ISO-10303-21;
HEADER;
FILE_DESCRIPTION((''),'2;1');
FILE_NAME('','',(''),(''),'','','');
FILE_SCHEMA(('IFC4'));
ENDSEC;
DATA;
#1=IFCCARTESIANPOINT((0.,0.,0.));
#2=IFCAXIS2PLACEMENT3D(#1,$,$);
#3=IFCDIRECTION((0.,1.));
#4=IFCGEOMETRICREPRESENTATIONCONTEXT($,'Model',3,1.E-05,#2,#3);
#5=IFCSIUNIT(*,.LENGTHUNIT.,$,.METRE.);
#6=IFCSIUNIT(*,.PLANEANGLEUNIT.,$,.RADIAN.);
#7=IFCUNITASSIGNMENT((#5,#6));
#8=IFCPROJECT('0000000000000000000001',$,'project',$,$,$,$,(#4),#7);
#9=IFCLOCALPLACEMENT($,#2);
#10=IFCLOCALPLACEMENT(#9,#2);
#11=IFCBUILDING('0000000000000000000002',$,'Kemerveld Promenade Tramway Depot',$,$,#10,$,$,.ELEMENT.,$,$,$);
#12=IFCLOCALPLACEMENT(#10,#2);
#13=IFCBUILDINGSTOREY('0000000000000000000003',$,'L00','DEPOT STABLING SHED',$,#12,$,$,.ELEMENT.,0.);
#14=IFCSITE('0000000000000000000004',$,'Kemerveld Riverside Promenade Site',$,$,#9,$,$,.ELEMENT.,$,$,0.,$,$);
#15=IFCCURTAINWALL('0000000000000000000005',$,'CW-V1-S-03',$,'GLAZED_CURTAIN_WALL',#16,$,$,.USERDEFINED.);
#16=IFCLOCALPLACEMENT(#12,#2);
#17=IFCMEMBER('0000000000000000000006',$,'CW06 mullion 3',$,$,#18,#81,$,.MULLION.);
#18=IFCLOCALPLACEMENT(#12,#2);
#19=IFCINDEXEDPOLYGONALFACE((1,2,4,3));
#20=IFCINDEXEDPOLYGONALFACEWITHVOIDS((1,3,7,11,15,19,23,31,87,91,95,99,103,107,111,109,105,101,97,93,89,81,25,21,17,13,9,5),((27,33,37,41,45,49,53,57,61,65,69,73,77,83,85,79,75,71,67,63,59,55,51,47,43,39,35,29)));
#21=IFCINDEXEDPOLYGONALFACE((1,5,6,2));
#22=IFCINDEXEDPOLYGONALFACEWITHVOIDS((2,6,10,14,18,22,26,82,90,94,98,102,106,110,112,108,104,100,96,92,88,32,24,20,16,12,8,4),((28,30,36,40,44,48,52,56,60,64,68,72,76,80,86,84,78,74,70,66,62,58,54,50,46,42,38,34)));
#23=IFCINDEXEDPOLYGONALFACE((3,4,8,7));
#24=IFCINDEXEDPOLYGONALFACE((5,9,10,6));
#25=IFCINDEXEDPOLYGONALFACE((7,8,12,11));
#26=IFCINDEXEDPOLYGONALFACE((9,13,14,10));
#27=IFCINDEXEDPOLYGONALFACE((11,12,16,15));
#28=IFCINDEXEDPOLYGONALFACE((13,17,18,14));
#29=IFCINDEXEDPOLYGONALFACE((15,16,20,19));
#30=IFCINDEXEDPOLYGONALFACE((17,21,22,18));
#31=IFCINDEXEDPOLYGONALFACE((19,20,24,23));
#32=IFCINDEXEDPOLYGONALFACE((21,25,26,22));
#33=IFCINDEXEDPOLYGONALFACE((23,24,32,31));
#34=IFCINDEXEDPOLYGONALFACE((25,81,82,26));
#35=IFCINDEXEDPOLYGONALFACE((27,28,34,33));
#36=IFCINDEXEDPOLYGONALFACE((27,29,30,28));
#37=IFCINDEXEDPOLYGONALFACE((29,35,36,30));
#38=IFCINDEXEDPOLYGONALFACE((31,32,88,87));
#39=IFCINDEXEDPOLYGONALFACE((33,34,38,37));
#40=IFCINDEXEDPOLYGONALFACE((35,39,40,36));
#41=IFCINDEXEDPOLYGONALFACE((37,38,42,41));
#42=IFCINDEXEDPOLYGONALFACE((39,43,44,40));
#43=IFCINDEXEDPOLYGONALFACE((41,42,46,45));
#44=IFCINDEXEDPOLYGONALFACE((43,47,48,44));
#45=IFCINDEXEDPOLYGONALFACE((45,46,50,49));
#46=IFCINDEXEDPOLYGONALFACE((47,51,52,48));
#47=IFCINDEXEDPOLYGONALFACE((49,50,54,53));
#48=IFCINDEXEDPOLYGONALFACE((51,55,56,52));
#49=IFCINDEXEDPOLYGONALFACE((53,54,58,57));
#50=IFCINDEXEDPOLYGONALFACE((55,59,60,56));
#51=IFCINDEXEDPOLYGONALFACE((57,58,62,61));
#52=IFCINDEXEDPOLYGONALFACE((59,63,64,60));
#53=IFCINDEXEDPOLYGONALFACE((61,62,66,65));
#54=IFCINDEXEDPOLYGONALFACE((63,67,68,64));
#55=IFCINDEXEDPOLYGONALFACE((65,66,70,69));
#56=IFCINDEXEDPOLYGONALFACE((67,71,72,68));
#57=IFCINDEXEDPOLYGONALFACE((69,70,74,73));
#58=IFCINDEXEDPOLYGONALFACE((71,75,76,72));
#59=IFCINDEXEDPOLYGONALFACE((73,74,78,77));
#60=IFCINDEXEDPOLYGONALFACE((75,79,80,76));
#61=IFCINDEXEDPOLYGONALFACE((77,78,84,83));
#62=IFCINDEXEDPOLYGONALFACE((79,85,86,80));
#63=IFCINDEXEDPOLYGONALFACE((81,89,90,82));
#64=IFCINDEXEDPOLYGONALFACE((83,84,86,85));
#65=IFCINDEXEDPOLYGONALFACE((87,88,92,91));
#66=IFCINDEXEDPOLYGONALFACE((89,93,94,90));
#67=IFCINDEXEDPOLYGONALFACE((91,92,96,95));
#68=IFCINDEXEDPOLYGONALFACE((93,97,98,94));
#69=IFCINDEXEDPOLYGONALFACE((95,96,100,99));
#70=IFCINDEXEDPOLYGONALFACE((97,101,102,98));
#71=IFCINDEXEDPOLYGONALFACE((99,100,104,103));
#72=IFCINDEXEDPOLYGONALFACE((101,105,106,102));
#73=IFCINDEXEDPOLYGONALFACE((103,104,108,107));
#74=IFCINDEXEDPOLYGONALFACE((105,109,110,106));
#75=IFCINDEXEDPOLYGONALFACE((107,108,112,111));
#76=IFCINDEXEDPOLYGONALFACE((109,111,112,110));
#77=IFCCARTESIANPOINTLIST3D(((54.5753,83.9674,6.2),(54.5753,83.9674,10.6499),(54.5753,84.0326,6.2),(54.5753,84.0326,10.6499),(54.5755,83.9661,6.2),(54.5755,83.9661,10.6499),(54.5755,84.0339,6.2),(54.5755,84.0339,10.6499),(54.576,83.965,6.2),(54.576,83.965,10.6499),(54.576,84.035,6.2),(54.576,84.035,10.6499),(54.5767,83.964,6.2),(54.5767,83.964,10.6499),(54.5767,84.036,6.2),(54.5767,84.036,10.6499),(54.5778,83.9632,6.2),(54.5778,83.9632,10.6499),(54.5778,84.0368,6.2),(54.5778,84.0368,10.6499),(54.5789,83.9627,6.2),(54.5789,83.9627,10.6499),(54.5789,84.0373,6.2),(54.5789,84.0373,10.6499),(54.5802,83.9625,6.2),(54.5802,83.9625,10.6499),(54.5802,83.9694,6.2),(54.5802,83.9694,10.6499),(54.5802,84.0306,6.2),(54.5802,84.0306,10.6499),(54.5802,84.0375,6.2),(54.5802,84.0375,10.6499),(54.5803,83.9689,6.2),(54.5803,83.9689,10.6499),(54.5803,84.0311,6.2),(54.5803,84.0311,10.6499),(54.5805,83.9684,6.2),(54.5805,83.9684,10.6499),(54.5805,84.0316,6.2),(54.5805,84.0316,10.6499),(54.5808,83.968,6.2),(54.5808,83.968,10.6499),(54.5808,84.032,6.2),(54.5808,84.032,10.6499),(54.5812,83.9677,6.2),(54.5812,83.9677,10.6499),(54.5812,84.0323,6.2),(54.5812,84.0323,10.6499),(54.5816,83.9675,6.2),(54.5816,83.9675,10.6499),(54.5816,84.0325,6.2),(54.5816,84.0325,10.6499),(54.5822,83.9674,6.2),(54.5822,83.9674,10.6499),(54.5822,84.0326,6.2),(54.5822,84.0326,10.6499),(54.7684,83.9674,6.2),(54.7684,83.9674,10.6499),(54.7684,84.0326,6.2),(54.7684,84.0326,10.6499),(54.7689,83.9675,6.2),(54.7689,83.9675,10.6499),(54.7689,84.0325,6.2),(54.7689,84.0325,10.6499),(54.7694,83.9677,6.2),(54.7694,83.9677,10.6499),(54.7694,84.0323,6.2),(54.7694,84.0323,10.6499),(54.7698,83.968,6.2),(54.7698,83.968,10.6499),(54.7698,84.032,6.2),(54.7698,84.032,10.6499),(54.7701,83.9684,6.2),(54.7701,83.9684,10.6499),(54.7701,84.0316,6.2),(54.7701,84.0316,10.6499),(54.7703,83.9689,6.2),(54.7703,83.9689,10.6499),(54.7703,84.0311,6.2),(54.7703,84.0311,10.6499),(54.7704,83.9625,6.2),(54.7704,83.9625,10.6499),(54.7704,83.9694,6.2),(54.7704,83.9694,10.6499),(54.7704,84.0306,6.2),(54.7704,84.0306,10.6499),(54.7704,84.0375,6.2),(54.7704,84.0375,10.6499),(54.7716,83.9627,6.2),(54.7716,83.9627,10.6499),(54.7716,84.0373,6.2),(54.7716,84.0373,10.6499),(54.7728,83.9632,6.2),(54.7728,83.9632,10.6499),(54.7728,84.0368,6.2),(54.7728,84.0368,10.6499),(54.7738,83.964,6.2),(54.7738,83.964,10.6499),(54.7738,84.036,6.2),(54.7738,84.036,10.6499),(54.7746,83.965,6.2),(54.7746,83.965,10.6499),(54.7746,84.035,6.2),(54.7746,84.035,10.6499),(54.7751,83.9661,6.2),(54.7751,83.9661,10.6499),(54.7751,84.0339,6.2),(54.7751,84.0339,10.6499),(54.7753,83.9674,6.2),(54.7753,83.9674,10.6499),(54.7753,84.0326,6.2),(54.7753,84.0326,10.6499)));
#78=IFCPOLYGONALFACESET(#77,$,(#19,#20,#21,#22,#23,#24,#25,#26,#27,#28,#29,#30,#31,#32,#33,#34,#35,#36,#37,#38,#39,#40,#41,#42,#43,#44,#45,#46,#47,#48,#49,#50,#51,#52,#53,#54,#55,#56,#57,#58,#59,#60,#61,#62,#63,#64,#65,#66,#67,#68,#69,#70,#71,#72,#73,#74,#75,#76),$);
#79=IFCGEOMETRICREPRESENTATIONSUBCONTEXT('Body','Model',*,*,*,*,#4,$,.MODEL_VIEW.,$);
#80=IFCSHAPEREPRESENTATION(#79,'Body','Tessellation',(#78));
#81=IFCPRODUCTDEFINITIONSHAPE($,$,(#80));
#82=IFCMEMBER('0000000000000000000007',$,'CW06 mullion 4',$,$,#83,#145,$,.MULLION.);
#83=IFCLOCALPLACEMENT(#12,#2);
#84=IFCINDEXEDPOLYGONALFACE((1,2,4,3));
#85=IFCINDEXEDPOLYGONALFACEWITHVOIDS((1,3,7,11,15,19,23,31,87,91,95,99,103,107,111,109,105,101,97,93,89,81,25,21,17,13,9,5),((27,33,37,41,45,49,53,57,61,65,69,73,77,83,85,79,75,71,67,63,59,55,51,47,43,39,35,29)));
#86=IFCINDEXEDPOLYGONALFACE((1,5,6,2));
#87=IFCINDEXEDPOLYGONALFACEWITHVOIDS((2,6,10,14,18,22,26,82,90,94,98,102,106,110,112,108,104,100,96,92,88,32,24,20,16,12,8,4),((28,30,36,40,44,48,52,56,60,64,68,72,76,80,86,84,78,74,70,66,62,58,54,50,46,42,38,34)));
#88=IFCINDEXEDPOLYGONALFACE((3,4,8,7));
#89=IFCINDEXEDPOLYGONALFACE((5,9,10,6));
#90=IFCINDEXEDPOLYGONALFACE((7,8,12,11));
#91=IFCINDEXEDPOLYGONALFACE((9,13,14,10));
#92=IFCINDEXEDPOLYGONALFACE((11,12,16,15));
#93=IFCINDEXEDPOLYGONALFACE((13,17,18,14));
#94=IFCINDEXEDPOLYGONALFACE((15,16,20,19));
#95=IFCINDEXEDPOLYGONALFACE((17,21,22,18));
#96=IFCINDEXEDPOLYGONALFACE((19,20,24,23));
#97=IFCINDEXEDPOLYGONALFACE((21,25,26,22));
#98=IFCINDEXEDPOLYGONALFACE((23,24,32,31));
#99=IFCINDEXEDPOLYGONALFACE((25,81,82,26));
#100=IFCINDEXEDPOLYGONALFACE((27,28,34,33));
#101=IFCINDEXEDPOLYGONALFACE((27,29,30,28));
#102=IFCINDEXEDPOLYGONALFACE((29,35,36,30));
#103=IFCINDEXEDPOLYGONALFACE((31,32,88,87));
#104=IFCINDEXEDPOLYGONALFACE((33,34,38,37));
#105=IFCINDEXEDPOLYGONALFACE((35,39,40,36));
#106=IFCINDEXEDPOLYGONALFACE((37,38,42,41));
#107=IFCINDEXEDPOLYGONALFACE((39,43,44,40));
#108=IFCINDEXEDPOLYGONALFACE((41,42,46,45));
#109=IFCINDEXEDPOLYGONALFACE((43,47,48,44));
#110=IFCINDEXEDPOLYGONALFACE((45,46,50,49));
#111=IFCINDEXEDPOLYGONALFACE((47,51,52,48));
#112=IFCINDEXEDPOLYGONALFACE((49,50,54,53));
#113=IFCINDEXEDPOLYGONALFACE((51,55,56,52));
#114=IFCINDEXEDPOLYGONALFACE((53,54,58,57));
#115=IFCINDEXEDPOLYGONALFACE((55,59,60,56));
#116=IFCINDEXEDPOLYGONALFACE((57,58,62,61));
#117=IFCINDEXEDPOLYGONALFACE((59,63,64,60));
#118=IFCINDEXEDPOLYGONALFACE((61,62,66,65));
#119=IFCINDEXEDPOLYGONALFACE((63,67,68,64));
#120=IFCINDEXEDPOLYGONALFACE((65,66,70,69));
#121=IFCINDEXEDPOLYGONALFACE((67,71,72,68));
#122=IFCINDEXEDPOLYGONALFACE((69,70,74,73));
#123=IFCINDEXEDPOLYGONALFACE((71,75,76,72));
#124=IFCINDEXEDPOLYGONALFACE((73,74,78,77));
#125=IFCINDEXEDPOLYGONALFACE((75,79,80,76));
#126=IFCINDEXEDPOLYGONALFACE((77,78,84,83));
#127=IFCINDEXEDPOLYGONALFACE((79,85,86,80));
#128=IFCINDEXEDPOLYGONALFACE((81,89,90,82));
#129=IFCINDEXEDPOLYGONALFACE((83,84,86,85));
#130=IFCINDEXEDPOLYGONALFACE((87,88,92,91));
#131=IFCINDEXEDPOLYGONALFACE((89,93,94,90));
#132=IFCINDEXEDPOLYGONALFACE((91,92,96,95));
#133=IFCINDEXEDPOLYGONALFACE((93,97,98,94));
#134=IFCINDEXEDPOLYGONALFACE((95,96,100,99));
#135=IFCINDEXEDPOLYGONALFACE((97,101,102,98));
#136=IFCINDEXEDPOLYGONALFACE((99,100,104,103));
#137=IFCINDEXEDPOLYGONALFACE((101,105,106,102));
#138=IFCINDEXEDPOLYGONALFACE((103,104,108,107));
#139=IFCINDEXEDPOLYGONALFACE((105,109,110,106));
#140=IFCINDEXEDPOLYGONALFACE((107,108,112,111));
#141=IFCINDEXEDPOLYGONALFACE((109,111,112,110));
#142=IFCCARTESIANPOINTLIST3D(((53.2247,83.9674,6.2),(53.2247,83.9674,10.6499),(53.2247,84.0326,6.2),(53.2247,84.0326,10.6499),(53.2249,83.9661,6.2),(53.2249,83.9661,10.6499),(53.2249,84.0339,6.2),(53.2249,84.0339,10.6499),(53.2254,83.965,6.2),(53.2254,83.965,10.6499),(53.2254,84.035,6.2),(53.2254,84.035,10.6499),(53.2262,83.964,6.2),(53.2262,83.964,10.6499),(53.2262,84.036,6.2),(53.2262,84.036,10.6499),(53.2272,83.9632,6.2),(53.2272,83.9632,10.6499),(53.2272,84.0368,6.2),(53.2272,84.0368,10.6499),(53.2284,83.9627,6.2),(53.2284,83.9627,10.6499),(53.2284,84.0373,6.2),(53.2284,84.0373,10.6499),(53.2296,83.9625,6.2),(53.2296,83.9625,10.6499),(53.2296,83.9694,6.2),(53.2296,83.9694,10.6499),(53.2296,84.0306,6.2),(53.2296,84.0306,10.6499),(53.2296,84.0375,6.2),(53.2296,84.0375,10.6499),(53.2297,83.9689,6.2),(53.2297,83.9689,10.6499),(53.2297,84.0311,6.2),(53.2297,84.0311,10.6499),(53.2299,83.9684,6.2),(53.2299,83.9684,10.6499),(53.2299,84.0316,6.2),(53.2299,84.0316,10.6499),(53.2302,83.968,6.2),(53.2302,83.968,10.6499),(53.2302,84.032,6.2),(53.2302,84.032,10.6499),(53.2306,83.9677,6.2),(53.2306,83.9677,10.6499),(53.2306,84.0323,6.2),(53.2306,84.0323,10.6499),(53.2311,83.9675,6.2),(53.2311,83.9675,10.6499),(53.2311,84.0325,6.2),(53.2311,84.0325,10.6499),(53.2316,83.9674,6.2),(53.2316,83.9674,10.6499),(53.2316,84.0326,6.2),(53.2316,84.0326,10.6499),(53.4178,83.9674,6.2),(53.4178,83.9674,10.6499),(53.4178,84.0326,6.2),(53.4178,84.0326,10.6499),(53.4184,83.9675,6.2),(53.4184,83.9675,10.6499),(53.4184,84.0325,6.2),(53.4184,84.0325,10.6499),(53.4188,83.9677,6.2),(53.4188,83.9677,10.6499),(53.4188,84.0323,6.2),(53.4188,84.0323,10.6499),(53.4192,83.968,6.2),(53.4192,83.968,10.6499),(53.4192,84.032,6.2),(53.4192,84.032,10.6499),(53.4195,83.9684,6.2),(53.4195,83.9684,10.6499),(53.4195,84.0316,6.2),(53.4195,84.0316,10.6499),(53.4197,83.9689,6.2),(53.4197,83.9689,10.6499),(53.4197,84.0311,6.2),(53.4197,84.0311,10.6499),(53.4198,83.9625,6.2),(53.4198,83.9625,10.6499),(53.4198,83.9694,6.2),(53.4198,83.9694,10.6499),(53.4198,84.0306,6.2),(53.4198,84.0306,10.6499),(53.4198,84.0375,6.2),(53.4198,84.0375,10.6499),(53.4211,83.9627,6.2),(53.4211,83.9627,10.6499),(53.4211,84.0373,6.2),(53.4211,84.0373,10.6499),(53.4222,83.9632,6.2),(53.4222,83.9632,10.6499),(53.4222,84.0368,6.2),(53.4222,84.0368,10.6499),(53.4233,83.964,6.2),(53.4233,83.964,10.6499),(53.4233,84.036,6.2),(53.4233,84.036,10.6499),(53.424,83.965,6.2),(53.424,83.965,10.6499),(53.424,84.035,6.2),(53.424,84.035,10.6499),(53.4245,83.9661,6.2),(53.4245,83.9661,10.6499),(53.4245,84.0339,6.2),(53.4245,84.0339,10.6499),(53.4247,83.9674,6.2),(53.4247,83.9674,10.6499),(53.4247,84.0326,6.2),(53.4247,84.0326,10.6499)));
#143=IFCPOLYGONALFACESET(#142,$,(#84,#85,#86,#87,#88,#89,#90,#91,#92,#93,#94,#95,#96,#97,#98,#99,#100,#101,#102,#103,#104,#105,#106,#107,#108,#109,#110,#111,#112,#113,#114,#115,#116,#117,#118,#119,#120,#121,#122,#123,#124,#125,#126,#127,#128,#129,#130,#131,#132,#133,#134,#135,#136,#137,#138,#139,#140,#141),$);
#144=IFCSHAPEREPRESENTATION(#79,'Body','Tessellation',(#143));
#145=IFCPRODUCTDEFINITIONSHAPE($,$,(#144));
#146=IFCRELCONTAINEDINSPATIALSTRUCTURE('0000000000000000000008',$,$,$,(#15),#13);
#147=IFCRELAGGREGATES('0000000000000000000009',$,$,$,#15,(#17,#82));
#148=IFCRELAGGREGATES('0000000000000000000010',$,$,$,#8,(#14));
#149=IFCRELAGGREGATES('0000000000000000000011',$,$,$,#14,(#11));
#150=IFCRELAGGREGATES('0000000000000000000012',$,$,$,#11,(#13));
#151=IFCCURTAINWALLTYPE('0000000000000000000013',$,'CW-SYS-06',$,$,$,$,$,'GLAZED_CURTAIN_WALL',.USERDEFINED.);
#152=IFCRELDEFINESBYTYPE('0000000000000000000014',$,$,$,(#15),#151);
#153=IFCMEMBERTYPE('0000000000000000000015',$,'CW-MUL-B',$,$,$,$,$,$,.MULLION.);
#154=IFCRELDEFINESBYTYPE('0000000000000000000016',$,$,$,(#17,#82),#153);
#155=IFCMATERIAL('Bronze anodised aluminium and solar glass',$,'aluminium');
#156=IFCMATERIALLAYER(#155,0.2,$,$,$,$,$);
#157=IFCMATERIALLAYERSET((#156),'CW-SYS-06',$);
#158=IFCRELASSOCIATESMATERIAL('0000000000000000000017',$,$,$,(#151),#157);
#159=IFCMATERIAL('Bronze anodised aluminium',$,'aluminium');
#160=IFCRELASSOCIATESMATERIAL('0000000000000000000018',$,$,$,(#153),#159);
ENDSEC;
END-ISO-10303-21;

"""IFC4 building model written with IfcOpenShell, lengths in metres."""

from ifc_helpers import new_model, si_unit, direction, frame, origin, origin_2d, place, context, subcontext, project, spatial, hollow_rectangle, extrude, material, layer, layer_set, material_profile, profile_set, type_object, element, aggregate, save


model = new_model("IFC4")

# Units and contexts
model_context = context("Model", 3, precision=1e-05, world=origin(), true_north=direction((0.0, 1.0)))
body_context = subcontext(model_context, "Body", "Model", "MODEL_VIEW")
ifc_project = project(units=[si_unit("LENGTHUNIT", "METRE"), si_unit("PLANEANGLEUNIT", "RADIAN")], contexts=[model_context])

# Site, building, storey
site_placement = place(None, origin())
site = spatial("IfcSite", under=ifc_project, at=site_placement, Name="Kemerveld Riverside Promenade Site", CompositionType="ELEMENT", RefElevation=0.0)
building_placement = place(site_placement, origin())
building = spatial("IfcBuilding", under=site, at=building_placement, Name="Kemerveld Promenade Tramway Depot", CompositionType="ELEMENT")
storey_placement = place(building_placement, origin())
storey = spatial("IfcBuildingStorey", under=building, at=storey_placement, Name="L00", Description="DEPOT STABLING SHED", CompositionType="ELEMENT", Elevation=0.0)

# Curtain wall, members
ifc_material_1 = material(Name="Bronze anodised aluminium and solar glass", Category="aluminium")
ifc_material_2 = material(Name="Bronze anodised aluminium", Category="aluminium")
ifc_layer_1 = layer(ifc_material_1, 0.2)
ifc_layer_set_1 = layer_set([ifc_layer_1], Name="CW-SYS-06")
curtain_wall_type_1 = type_object("IfcCurtainWallType", Name="CW-SYS-06", ElementType="GLAZED_CURTAIN_WALL", PredefinedType="USERDEFINED", material=ifc_layer_set_1)
curtain_wall_1_placement = place(storey_placement, origin())
curtain_wall_1 = element("IfcCurtainWall", 1, at=curtain_wall_1_placement, inside=storey, type_object=curtain_wall_type_1, Name="CW-V1-S-03", ObjectType="GLAZED_CURTAIN_WALL", PredefinedType="USERDEFINED")
ifc_material_profile_1 = material_profile(ifc_material_2, hollow_rectangle(XDim=0.075, YDim=0.2, WallThickness=0.0049, InnerFilletRadius=0.002, OuterFilletRadius=0.0049, at=origin_2d()), Name="CW-MUL-200x75")
ifc_profile_set_1 = profile_set([ifc_material_profile_1], Name="Bronze anodised aluminium")
member_type_1 = type_object("IfcMemberType", Name="CW-MUL-B", PredefinedType="MULLION", material=ifc_profile_set_1)
member_1_placement = place(storey_placement, frame((54.6753, 84.0, 6.2), z_axis=(0.0, 0.0, 1.0), x_axis=(0.0, -1.0, 0.0)))
member_1 = element("IfcMember", 2, at=member_1_placement, type_object=member_type_1, Name="CW06 mullion 3", PredefinedType="MULLION", context=body_context, shape_type="SweptSolid", body=[
    extrude(hollow_rectangle(XDim=0.075, YDim=0.2, WallThickness=0.0049, InnerFilletRadius=0.002, OuterFilletRadius=0.0049, at=origin_2d()), origin(), (0.0, 0.0, 1.0), 4.45),
])
member_2_placement = place(storey_placement, frame((53.3247, 84.0, 6.2), z_axis=(0.0, 0.0, 1.0), x_axis=(0.0, -1.0, 0.0)))
member_2 = element("IfcMember", 3, at=member_2_placement, type_object=member_type_1, Name="CW06 mullion 4", PredefinedType="MULLION", context=body_context, shape_type="SweptSolid", body=[
    extrude(hollow_rectangle(XDim=0.075, YDim=0.2, WallThickness=0.0049, InnerFilletRadius=0.002, OuterFilletRadius=0.0049, at=origin_2d()), origin(), (0.0, 0.0, 1.0), 4.45),
])

aggregate(curtain_wall_1, [member_1, member_2])

save(model, "model.ifc")
